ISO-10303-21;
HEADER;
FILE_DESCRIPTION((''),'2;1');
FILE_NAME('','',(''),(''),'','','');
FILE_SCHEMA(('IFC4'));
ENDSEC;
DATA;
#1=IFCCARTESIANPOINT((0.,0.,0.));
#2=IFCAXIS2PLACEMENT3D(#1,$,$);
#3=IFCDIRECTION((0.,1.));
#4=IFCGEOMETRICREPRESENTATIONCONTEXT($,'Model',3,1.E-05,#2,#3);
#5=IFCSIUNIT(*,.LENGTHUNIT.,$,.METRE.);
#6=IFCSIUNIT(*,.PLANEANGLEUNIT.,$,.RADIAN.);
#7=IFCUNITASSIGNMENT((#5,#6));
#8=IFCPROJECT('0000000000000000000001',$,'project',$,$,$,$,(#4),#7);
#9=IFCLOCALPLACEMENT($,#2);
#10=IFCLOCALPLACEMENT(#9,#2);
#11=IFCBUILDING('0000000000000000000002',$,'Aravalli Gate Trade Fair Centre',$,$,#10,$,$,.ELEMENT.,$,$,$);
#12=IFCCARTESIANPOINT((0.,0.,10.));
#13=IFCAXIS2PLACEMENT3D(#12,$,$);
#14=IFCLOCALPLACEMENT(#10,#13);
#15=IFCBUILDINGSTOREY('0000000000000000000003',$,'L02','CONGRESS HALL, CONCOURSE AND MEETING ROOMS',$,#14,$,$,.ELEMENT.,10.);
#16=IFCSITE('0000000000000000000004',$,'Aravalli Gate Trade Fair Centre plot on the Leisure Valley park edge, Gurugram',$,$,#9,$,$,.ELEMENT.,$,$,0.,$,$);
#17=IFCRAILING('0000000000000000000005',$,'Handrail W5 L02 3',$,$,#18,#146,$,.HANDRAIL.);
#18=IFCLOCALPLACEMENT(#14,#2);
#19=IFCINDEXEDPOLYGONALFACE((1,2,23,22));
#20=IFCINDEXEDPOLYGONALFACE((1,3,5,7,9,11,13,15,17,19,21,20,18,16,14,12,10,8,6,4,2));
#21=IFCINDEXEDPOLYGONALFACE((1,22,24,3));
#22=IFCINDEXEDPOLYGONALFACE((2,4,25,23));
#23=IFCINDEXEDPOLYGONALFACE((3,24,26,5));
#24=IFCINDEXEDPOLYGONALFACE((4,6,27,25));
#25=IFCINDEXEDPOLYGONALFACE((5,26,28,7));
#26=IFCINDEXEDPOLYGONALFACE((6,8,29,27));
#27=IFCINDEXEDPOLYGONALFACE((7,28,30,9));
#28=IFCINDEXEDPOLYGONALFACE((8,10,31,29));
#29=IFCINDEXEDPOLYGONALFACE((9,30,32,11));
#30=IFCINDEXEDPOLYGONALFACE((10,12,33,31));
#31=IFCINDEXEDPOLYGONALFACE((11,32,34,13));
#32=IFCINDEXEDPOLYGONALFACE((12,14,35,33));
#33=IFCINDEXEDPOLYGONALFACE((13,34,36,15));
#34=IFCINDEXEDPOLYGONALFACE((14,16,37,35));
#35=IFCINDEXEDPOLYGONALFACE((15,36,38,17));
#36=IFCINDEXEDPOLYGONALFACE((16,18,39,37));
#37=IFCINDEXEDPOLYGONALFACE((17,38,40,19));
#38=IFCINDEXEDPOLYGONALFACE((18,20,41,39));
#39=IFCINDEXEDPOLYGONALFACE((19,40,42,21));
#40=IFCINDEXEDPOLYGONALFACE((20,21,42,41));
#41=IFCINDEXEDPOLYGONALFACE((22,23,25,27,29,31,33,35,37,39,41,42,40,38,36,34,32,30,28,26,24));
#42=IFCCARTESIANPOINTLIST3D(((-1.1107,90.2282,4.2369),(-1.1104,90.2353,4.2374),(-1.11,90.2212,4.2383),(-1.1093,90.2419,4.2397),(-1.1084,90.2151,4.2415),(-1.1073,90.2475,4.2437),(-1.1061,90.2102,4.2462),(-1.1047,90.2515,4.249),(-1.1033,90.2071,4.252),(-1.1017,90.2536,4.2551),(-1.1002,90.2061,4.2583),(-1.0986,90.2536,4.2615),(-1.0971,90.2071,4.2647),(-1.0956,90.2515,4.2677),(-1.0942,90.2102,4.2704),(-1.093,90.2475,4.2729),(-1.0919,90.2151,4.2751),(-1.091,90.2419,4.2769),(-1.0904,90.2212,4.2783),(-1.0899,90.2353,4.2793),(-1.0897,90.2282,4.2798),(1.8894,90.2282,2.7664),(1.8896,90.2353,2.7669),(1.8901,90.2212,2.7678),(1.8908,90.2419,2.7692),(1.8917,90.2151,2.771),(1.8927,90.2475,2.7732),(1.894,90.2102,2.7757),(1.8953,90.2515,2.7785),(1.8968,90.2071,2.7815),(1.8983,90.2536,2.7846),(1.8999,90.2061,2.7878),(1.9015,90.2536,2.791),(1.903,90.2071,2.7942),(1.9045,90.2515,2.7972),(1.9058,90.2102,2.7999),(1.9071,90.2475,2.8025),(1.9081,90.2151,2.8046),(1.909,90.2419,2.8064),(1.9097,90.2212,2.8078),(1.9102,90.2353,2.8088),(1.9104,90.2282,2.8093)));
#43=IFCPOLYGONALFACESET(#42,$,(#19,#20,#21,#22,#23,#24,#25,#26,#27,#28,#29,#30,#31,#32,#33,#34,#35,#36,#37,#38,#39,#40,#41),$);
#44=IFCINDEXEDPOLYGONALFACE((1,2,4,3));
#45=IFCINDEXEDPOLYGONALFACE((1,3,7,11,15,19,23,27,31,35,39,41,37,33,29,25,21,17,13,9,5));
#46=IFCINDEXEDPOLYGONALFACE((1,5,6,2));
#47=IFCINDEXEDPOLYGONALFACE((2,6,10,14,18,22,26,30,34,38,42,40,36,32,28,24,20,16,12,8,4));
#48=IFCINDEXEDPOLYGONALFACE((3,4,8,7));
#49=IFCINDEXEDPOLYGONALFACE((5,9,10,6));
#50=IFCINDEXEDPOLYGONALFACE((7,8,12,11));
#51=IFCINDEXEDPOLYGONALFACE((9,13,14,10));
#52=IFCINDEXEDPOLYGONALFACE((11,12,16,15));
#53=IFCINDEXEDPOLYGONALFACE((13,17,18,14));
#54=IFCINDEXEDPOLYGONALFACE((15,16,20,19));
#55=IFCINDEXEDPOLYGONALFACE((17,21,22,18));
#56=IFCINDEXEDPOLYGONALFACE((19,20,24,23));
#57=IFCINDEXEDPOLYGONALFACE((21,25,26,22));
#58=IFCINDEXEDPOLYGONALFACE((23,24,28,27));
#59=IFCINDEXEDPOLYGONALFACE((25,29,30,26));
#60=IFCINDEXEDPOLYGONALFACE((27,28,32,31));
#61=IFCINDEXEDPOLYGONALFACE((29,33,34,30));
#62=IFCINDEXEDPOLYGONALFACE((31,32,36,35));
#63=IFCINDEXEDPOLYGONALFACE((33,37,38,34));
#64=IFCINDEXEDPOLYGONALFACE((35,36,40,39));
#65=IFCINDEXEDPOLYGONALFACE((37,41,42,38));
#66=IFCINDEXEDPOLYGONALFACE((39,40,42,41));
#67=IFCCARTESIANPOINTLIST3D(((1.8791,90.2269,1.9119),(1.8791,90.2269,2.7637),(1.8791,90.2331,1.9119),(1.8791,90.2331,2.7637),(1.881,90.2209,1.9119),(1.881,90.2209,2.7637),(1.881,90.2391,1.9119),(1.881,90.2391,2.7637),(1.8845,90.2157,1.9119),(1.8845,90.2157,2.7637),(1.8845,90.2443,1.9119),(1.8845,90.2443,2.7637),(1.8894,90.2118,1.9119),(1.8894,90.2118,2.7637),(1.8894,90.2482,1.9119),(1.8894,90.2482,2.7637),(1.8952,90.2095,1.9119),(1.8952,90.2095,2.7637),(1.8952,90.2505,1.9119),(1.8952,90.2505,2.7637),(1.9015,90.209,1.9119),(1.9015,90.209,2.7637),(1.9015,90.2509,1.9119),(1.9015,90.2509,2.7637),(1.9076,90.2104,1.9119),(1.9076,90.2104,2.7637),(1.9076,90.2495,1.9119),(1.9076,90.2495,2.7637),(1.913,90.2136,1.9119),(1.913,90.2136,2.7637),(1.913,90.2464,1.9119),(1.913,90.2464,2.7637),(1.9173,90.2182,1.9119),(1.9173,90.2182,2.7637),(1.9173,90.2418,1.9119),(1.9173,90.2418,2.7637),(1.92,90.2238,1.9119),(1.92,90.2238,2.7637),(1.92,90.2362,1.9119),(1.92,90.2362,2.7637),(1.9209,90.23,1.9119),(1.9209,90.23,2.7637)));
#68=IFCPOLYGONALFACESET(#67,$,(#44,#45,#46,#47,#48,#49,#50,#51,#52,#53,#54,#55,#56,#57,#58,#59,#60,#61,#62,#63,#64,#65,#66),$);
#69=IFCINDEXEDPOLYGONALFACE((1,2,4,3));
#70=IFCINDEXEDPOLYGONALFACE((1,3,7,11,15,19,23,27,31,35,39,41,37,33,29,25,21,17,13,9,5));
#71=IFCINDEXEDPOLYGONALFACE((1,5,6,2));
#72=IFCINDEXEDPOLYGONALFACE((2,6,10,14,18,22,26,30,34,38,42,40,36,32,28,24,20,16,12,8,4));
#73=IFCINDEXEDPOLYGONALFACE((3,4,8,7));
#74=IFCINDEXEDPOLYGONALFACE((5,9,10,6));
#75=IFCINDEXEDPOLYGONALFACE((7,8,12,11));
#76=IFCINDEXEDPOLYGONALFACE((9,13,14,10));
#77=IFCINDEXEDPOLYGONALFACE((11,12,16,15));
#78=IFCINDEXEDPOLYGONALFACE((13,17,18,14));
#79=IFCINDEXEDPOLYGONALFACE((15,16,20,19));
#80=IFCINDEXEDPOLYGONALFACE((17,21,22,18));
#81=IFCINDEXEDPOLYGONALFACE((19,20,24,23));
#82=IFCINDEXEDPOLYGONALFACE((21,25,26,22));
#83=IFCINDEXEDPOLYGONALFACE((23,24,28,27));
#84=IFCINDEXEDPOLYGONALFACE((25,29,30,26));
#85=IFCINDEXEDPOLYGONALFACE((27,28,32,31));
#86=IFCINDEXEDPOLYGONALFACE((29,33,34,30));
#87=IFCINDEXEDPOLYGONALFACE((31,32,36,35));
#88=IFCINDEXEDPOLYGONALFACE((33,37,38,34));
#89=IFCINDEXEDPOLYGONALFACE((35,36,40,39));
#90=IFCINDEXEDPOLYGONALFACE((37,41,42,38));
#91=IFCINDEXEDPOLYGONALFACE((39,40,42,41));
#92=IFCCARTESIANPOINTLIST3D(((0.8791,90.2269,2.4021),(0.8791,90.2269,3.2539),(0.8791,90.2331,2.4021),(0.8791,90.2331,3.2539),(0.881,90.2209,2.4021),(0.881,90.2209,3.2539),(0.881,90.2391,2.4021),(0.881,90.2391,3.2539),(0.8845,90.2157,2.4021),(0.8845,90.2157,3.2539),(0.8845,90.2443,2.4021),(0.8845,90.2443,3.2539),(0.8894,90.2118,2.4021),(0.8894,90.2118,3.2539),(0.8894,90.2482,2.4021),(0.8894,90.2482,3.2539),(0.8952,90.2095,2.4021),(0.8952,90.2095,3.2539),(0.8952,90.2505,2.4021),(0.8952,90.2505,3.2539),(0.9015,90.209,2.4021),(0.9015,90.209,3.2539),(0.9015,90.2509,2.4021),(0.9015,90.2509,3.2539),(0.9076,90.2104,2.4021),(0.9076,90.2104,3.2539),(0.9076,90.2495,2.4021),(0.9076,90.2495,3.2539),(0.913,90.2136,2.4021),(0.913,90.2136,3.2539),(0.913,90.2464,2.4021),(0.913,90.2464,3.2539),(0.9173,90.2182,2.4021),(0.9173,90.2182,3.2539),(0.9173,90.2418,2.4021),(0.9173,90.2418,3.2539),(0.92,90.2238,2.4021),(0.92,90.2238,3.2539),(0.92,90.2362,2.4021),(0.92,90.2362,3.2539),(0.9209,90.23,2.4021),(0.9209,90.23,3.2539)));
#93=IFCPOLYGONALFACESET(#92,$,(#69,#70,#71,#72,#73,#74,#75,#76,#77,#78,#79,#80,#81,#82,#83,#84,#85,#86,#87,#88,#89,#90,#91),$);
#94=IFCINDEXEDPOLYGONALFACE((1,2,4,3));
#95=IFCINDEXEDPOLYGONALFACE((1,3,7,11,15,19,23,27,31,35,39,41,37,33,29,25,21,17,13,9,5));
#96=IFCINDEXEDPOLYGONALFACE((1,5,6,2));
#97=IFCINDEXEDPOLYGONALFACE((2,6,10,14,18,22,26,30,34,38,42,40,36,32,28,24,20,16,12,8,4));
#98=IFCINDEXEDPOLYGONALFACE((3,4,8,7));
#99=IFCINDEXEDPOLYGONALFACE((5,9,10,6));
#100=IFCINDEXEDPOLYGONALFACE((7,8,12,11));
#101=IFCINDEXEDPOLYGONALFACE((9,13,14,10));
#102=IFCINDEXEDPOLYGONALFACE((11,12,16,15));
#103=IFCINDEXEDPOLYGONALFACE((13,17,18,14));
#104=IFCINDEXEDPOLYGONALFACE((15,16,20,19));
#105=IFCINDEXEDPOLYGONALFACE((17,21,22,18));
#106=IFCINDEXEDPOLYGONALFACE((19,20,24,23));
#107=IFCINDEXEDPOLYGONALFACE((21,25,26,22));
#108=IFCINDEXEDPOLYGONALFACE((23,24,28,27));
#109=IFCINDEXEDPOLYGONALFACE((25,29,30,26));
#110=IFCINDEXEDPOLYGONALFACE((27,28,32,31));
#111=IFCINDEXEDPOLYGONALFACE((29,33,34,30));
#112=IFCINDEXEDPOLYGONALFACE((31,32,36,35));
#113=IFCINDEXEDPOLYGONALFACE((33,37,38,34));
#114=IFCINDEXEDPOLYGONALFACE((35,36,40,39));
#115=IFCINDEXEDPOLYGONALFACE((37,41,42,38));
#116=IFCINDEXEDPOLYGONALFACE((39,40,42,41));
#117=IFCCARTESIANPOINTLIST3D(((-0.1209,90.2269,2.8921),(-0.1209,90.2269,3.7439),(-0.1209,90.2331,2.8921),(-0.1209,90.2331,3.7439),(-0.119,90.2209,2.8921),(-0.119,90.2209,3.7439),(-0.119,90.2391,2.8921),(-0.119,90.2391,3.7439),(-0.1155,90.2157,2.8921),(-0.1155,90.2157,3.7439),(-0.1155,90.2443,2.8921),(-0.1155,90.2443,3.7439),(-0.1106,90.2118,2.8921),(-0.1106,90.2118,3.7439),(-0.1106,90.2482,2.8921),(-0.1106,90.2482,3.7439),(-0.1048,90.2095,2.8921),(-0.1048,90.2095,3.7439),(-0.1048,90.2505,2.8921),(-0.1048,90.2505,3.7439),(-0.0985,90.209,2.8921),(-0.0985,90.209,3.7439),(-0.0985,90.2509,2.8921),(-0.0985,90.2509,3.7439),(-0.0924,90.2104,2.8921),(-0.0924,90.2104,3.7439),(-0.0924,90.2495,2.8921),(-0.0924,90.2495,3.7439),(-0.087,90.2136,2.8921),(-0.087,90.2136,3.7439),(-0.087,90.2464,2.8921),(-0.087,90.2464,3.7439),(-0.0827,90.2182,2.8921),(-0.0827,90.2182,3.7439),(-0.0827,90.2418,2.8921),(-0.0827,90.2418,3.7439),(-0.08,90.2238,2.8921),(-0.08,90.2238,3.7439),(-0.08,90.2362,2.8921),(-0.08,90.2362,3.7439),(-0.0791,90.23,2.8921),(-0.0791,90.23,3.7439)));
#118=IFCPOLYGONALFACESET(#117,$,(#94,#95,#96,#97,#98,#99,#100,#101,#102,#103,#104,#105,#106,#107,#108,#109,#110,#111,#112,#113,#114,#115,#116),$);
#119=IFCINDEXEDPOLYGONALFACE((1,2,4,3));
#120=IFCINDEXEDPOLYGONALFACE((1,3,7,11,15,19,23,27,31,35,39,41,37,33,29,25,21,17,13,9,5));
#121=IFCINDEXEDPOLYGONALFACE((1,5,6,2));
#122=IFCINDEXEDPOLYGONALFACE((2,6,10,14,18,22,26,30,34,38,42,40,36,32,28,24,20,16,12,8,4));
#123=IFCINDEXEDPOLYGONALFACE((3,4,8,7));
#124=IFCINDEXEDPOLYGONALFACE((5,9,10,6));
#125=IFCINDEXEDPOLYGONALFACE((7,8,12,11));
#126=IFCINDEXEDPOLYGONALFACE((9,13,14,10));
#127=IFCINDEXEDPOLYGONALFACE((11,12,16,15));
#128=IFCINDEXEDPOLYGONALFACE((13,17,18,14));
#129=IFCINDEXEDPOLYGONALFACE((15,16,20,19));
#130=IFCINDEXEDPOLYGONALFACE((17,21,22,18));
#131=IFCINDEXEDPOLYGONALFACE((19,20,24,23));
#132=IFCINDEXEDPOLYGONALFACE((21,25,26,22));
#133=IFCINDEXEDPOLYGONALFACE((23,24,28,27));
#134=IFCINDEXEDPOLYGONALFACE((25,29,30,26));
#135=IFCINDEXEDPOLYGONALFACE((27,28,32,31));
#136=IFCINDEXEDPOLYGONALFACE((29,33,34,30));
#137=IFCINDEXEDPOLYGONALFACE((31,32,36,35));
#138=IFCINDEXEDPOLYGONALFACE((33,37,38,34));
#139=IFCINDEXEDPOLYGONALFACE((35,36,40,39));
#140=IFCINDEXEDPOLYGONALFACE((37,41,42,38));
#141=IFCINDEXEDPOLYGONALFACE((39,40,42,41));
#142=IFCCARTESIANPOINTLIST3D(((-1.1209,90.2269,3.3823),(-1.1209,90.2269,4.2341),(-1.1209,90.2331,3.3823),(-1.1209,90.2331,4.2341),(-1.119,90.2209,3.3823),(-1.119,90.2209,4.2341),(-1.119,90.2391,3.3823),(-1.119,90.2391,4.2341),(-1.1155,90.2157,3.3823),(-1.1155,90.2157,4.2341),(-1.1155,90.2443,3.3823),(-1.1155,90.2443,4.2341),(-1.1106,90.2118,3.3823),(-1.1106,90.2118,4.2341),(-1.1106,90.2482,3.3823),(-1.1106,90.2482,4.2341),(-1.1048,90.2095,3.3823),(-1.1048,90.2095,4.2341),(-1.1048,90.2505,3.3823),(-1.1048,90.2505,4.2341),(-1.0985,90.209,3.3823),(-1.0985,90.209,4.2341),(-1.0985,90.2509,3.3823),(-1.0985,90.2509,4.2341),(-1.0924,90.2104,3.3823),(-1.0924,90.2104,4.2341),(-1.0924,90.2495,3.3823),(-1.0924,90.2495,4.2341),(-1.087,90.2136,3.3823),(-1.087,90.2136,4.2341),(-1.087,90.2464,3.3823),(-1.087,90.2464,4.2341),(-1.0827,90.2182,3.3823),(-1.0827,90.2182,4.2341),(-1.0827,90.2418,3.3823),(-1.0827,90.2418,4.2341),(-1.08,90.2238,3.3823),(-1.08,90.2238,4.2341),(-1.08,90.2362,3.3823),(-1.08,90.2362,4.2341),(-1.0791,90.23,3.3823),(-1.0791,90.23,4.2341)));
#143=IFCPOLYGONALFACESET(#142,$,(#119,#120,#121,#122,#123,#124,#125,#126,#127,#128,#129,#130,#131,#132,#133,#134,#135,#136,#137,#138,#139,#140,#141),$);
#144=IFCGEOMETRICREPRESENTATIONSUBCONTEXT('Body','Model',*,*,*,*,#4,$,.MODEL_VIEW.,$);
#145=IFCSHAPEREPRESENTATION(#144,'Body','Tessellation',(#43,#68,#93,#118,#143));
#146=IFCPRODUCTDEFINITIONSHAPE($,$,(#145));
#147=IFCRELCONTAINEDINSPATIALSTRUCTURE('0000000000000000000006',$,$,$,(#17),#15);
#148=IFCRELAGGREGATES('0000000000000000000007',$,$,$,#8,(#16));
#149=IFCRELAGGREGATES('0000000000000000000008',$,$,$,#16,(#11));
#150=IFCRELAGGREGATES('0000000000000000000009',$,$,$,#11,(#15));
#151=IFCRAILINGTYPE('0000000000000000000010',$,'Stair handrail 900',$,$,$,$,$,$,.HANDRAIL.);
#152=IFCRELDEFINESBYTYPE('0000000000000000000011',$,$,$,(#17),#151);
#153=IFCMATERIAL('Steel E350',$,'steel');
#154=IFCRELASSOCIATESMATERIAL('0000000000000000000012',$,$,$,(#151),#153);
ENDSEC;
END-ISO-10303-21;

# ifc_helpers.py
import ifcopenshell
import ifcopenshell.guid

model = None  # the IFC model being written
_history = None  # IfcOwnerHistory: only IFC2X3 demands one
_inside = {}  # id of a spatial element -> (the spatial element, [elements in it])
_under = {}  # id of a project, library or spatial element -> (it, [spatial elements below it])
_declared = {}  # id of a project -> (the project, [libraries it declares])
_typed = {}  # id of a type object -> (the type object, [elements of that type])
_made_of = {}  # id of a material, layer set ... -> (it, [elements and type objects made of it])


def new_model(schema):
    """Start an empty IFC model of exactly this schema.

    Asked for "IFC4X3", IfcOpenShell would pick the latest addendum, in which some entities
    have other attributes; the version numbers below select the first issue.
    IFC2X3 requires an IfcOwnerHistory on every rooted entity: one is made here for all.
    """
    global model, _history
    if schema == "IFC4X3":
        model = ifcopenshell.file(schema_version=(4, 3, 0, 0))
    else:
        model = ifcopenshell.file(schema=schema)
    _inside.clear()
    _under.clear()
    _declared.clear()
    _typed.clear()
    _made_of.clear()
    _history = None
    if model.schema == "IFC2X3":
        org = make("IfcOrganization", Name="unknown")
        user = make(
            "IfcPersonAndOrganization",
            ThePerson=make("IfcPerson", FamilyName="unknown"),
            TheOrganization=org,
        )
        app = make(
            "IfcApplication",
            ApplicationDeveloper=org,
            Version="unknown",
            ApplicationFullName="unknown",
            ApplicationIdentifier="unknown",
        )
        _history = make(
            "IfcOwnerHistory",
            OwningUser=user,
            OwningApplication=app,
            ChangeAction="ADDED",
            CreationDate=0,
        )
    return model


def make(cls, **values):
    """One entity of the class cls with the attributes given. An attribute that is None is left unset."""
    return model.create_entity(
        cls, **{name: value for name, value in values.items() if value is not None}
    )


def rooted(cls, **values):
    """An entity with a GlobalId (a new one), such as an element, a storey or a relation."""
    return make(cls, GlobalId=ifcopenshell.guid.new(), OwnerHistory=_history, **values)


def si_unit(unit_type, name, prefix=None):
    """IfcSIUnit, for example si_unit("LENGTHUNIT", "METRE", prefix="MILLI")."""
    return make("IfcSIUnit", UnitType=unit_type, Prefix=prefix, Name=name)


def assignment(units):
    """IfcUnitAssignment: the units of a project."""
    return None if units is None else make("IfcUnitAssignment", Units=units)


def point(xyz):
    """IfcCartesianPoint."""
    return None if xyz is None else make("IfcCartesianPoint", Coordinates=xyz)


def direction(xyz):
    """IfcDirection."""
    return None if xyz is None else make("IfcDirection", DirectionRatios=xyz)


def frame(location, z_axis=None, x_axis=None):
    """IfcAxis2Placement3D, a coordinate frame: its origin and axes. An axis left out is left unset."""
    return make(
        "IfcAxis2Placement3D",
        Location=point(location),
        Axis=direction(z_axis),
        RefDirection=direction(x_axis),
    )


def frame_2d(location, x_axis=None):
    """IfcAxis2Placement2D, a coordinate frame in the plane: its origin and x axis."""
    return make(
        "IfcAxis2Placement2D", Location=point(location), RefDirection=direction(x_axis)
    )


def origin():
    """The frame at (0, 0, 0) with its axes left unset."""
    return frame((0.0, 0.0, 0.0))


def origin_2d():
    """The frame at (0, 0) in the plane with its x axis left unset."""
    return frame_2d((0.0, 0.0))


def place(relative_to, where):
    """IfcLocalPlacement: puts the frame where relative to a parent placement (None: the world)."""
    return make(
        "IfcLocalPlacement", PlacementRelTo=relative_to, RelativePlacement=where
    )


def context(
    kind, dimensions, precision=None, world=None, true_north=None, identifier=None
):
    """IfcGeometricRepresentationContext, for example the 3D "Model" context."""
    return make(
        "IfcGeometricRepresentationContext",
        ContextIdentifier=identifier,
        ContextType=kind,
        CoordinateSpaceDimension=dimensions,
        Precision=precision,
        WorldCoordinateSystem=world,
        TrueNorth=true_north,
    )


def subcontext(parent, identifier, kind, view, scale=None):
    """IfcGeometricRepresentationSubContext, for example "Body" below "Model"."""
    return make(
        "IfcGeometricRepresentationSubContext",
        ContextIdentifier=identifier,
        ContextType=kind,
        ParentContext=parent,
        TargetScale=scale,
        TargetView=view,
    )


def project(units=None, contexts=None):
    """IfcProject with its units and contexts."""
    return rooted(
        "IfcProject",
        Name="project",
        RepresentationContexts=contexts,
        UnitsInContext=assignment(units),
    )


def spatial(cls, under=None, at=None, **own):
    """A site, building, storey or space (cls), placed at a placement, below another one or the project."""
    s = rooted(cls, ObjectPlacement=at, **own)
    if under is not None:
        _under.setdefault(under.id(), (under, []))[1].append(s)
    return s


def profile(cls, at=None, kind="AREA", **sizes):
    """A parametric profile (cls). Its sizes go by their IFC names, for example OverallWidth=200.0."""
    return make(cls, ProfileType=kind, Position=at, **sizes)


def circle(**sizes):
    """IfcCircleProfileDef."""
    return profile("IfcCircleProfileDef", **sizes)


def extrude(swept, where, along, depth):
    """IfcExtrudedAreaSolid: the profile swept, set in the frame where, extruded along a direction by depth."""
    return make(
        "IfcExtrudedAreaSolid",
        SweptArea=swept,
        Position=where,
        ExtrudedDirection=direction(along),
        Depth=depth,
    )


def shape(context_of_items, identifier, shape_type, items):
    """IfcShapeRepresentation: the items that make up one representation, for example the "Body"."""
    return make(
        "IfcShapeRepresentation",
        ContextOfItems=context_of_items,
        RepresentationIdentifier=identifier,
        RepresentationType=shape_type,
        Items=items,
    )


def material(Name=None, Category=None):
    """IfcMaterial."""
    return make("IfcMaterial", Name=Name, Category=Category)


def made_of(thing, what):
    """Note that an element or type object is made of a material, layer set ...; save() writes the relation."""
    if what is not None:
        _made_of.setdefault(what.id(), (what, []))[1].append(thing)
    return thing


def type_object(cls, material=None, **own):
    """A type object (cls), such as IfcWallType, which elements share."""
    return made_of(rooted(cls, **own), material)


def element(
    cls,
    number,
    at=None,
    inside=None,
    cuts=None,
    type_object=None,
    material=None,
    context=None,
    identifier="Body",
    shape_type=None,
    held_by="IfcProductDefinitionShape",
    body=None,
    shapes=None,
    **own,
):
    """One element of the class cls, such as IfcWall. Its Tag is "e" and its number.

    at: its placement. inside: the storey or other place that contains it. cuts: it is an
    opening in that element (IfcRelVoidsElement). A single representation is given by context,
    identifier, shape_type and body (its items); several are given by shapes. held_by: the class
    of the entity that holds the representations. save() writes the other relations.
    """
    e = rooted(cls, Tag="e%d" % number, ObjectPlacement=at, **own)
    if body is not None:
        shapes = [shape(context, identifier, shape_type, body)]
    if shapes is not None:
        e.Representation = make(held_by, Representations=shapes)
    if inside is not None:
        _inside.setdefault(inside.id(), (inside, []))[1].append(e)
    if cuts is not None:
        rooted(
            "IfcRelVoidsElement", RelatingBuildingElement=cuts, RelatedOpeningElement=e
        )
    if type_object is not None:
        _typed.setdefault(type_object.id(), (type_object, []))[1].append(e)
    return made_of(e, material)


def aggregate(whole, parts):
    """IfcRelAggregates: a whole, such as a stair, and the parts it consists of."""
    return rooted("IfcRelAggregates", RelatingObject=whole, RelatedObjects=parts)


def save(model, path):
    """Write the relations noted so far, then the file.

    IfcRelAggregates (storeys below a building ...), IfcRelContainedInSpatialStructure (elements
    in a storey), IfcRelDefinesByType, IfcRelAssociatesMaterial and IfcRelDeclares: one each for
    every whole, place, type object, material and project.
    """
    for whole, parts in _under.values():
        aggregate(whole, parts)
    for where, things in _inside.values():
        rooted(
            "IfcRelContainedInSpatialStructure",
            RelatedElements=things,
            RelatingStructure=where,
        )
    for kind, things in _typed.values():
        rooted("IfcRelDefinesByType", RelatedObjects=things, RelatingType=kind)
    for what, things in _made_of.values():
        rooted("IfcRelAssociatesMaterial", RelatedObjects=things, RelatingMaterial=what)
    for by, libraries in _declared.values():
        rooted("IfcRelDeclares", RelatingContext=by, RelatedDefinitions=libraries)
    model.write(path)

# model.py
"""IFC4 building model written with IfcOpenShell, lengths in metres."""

from ifc_helpers import new_model, si_unit, direction, frame, origin, origin_2d, place, context, subcontext, project, spatial, circle, extrude, material, type_object, element, save


model = new_model("IFC4")

# Units and contexts
model_context = context("Model", 3, precision=1e-05, world=origin(), true_north=direction((0.0, 1.0)))
body_context = subcontext(model_context, "Body", "Model", "MODEL_VIEW")
ifc_project = project(units=[si_unit("LENGTHUNIT", "METRE"), si_unit("PLANEANGLEUNIT", "RADIAN")], contexts=[model_context])

# Site, building, storey
site_placement = place(None, origin())
site = spatial("IfcSite", under=ifc_project, at=site_placement, Name="Aravalli Gate Trade Fair Centre plot on the Leisure Valley park edge, Gurugram", CompositionType="ELEMENT", RefElevation=0.0)
building_placement = place(site_placement, origin())
building = spatial("IfcBuilding", under=site, at=building_placement, Name="Aravalli Gate Trade Fair Centre", CompositionType="ELEMENT")
storey_placement = place(building_placement, frame((0.0, 0.0, 10.0)))
storey = spatial("IfcBuildingStorey", under=building, at=storey_placement, Name="L02", Description="CONGRESS HALL, CONCOURSE AND MEETING ROOMS", CompositionType="ELEMENT", Elevation=10.0)

# Shared definitions
ifc_material_1 = material(Name="Steel E350", Category="steel")

# Railing
railing_type_1 = type_object("IfcRailingType", Name="Stair handrail 900", PredefinedType="HANDRAIL", material=ifc_material_1)
for number, where, name in (
    (1, (1.8999, 90.23, 1.9119), "Handrail W5 L02 3"),
):
    element("IfcRailing", number, at=place(storey_placement, frame(where)), inside=storey, type_object=railing_type_1, Name=name, PredefinedType="HANDRAIL", context=body_context, shape_type="SweptSolid", body=[
        extrude(circle(Radius=0.0239, at=origin_2d()), frame((0.0, 0.0, 0.876), z_axis=(-0.897936, 0.0, 0.440126), x_axis=(0.0, -1.0, 0.0)), (0.0, 0.0, 1.0), 3.3411),
        extrude(circle(Radius=0.021, at=origin_2d()), origin(), (0.0, 0.0, 1.0), 0.8518),
        extrude(circle(Radius=0.021, at=origin_2d()), frame((-1.0, 0.0, 0.4902)), (0.0, 0.0, 1.0), 0.8518),
        extrude(circle(Radius=0.021, at=origin_2d()), frame((-2.0, 0.0, 0.9802)), (0.0, 0.0, 1.0), 0.8518),
        extrude(circle(Radius=0.021, at=origin_2d()), frame((-3.0, 0.0, 1.4705)), (0.0, 0.0, 1.0), 0.8518),
    ])

save(model, "model.ifc")
